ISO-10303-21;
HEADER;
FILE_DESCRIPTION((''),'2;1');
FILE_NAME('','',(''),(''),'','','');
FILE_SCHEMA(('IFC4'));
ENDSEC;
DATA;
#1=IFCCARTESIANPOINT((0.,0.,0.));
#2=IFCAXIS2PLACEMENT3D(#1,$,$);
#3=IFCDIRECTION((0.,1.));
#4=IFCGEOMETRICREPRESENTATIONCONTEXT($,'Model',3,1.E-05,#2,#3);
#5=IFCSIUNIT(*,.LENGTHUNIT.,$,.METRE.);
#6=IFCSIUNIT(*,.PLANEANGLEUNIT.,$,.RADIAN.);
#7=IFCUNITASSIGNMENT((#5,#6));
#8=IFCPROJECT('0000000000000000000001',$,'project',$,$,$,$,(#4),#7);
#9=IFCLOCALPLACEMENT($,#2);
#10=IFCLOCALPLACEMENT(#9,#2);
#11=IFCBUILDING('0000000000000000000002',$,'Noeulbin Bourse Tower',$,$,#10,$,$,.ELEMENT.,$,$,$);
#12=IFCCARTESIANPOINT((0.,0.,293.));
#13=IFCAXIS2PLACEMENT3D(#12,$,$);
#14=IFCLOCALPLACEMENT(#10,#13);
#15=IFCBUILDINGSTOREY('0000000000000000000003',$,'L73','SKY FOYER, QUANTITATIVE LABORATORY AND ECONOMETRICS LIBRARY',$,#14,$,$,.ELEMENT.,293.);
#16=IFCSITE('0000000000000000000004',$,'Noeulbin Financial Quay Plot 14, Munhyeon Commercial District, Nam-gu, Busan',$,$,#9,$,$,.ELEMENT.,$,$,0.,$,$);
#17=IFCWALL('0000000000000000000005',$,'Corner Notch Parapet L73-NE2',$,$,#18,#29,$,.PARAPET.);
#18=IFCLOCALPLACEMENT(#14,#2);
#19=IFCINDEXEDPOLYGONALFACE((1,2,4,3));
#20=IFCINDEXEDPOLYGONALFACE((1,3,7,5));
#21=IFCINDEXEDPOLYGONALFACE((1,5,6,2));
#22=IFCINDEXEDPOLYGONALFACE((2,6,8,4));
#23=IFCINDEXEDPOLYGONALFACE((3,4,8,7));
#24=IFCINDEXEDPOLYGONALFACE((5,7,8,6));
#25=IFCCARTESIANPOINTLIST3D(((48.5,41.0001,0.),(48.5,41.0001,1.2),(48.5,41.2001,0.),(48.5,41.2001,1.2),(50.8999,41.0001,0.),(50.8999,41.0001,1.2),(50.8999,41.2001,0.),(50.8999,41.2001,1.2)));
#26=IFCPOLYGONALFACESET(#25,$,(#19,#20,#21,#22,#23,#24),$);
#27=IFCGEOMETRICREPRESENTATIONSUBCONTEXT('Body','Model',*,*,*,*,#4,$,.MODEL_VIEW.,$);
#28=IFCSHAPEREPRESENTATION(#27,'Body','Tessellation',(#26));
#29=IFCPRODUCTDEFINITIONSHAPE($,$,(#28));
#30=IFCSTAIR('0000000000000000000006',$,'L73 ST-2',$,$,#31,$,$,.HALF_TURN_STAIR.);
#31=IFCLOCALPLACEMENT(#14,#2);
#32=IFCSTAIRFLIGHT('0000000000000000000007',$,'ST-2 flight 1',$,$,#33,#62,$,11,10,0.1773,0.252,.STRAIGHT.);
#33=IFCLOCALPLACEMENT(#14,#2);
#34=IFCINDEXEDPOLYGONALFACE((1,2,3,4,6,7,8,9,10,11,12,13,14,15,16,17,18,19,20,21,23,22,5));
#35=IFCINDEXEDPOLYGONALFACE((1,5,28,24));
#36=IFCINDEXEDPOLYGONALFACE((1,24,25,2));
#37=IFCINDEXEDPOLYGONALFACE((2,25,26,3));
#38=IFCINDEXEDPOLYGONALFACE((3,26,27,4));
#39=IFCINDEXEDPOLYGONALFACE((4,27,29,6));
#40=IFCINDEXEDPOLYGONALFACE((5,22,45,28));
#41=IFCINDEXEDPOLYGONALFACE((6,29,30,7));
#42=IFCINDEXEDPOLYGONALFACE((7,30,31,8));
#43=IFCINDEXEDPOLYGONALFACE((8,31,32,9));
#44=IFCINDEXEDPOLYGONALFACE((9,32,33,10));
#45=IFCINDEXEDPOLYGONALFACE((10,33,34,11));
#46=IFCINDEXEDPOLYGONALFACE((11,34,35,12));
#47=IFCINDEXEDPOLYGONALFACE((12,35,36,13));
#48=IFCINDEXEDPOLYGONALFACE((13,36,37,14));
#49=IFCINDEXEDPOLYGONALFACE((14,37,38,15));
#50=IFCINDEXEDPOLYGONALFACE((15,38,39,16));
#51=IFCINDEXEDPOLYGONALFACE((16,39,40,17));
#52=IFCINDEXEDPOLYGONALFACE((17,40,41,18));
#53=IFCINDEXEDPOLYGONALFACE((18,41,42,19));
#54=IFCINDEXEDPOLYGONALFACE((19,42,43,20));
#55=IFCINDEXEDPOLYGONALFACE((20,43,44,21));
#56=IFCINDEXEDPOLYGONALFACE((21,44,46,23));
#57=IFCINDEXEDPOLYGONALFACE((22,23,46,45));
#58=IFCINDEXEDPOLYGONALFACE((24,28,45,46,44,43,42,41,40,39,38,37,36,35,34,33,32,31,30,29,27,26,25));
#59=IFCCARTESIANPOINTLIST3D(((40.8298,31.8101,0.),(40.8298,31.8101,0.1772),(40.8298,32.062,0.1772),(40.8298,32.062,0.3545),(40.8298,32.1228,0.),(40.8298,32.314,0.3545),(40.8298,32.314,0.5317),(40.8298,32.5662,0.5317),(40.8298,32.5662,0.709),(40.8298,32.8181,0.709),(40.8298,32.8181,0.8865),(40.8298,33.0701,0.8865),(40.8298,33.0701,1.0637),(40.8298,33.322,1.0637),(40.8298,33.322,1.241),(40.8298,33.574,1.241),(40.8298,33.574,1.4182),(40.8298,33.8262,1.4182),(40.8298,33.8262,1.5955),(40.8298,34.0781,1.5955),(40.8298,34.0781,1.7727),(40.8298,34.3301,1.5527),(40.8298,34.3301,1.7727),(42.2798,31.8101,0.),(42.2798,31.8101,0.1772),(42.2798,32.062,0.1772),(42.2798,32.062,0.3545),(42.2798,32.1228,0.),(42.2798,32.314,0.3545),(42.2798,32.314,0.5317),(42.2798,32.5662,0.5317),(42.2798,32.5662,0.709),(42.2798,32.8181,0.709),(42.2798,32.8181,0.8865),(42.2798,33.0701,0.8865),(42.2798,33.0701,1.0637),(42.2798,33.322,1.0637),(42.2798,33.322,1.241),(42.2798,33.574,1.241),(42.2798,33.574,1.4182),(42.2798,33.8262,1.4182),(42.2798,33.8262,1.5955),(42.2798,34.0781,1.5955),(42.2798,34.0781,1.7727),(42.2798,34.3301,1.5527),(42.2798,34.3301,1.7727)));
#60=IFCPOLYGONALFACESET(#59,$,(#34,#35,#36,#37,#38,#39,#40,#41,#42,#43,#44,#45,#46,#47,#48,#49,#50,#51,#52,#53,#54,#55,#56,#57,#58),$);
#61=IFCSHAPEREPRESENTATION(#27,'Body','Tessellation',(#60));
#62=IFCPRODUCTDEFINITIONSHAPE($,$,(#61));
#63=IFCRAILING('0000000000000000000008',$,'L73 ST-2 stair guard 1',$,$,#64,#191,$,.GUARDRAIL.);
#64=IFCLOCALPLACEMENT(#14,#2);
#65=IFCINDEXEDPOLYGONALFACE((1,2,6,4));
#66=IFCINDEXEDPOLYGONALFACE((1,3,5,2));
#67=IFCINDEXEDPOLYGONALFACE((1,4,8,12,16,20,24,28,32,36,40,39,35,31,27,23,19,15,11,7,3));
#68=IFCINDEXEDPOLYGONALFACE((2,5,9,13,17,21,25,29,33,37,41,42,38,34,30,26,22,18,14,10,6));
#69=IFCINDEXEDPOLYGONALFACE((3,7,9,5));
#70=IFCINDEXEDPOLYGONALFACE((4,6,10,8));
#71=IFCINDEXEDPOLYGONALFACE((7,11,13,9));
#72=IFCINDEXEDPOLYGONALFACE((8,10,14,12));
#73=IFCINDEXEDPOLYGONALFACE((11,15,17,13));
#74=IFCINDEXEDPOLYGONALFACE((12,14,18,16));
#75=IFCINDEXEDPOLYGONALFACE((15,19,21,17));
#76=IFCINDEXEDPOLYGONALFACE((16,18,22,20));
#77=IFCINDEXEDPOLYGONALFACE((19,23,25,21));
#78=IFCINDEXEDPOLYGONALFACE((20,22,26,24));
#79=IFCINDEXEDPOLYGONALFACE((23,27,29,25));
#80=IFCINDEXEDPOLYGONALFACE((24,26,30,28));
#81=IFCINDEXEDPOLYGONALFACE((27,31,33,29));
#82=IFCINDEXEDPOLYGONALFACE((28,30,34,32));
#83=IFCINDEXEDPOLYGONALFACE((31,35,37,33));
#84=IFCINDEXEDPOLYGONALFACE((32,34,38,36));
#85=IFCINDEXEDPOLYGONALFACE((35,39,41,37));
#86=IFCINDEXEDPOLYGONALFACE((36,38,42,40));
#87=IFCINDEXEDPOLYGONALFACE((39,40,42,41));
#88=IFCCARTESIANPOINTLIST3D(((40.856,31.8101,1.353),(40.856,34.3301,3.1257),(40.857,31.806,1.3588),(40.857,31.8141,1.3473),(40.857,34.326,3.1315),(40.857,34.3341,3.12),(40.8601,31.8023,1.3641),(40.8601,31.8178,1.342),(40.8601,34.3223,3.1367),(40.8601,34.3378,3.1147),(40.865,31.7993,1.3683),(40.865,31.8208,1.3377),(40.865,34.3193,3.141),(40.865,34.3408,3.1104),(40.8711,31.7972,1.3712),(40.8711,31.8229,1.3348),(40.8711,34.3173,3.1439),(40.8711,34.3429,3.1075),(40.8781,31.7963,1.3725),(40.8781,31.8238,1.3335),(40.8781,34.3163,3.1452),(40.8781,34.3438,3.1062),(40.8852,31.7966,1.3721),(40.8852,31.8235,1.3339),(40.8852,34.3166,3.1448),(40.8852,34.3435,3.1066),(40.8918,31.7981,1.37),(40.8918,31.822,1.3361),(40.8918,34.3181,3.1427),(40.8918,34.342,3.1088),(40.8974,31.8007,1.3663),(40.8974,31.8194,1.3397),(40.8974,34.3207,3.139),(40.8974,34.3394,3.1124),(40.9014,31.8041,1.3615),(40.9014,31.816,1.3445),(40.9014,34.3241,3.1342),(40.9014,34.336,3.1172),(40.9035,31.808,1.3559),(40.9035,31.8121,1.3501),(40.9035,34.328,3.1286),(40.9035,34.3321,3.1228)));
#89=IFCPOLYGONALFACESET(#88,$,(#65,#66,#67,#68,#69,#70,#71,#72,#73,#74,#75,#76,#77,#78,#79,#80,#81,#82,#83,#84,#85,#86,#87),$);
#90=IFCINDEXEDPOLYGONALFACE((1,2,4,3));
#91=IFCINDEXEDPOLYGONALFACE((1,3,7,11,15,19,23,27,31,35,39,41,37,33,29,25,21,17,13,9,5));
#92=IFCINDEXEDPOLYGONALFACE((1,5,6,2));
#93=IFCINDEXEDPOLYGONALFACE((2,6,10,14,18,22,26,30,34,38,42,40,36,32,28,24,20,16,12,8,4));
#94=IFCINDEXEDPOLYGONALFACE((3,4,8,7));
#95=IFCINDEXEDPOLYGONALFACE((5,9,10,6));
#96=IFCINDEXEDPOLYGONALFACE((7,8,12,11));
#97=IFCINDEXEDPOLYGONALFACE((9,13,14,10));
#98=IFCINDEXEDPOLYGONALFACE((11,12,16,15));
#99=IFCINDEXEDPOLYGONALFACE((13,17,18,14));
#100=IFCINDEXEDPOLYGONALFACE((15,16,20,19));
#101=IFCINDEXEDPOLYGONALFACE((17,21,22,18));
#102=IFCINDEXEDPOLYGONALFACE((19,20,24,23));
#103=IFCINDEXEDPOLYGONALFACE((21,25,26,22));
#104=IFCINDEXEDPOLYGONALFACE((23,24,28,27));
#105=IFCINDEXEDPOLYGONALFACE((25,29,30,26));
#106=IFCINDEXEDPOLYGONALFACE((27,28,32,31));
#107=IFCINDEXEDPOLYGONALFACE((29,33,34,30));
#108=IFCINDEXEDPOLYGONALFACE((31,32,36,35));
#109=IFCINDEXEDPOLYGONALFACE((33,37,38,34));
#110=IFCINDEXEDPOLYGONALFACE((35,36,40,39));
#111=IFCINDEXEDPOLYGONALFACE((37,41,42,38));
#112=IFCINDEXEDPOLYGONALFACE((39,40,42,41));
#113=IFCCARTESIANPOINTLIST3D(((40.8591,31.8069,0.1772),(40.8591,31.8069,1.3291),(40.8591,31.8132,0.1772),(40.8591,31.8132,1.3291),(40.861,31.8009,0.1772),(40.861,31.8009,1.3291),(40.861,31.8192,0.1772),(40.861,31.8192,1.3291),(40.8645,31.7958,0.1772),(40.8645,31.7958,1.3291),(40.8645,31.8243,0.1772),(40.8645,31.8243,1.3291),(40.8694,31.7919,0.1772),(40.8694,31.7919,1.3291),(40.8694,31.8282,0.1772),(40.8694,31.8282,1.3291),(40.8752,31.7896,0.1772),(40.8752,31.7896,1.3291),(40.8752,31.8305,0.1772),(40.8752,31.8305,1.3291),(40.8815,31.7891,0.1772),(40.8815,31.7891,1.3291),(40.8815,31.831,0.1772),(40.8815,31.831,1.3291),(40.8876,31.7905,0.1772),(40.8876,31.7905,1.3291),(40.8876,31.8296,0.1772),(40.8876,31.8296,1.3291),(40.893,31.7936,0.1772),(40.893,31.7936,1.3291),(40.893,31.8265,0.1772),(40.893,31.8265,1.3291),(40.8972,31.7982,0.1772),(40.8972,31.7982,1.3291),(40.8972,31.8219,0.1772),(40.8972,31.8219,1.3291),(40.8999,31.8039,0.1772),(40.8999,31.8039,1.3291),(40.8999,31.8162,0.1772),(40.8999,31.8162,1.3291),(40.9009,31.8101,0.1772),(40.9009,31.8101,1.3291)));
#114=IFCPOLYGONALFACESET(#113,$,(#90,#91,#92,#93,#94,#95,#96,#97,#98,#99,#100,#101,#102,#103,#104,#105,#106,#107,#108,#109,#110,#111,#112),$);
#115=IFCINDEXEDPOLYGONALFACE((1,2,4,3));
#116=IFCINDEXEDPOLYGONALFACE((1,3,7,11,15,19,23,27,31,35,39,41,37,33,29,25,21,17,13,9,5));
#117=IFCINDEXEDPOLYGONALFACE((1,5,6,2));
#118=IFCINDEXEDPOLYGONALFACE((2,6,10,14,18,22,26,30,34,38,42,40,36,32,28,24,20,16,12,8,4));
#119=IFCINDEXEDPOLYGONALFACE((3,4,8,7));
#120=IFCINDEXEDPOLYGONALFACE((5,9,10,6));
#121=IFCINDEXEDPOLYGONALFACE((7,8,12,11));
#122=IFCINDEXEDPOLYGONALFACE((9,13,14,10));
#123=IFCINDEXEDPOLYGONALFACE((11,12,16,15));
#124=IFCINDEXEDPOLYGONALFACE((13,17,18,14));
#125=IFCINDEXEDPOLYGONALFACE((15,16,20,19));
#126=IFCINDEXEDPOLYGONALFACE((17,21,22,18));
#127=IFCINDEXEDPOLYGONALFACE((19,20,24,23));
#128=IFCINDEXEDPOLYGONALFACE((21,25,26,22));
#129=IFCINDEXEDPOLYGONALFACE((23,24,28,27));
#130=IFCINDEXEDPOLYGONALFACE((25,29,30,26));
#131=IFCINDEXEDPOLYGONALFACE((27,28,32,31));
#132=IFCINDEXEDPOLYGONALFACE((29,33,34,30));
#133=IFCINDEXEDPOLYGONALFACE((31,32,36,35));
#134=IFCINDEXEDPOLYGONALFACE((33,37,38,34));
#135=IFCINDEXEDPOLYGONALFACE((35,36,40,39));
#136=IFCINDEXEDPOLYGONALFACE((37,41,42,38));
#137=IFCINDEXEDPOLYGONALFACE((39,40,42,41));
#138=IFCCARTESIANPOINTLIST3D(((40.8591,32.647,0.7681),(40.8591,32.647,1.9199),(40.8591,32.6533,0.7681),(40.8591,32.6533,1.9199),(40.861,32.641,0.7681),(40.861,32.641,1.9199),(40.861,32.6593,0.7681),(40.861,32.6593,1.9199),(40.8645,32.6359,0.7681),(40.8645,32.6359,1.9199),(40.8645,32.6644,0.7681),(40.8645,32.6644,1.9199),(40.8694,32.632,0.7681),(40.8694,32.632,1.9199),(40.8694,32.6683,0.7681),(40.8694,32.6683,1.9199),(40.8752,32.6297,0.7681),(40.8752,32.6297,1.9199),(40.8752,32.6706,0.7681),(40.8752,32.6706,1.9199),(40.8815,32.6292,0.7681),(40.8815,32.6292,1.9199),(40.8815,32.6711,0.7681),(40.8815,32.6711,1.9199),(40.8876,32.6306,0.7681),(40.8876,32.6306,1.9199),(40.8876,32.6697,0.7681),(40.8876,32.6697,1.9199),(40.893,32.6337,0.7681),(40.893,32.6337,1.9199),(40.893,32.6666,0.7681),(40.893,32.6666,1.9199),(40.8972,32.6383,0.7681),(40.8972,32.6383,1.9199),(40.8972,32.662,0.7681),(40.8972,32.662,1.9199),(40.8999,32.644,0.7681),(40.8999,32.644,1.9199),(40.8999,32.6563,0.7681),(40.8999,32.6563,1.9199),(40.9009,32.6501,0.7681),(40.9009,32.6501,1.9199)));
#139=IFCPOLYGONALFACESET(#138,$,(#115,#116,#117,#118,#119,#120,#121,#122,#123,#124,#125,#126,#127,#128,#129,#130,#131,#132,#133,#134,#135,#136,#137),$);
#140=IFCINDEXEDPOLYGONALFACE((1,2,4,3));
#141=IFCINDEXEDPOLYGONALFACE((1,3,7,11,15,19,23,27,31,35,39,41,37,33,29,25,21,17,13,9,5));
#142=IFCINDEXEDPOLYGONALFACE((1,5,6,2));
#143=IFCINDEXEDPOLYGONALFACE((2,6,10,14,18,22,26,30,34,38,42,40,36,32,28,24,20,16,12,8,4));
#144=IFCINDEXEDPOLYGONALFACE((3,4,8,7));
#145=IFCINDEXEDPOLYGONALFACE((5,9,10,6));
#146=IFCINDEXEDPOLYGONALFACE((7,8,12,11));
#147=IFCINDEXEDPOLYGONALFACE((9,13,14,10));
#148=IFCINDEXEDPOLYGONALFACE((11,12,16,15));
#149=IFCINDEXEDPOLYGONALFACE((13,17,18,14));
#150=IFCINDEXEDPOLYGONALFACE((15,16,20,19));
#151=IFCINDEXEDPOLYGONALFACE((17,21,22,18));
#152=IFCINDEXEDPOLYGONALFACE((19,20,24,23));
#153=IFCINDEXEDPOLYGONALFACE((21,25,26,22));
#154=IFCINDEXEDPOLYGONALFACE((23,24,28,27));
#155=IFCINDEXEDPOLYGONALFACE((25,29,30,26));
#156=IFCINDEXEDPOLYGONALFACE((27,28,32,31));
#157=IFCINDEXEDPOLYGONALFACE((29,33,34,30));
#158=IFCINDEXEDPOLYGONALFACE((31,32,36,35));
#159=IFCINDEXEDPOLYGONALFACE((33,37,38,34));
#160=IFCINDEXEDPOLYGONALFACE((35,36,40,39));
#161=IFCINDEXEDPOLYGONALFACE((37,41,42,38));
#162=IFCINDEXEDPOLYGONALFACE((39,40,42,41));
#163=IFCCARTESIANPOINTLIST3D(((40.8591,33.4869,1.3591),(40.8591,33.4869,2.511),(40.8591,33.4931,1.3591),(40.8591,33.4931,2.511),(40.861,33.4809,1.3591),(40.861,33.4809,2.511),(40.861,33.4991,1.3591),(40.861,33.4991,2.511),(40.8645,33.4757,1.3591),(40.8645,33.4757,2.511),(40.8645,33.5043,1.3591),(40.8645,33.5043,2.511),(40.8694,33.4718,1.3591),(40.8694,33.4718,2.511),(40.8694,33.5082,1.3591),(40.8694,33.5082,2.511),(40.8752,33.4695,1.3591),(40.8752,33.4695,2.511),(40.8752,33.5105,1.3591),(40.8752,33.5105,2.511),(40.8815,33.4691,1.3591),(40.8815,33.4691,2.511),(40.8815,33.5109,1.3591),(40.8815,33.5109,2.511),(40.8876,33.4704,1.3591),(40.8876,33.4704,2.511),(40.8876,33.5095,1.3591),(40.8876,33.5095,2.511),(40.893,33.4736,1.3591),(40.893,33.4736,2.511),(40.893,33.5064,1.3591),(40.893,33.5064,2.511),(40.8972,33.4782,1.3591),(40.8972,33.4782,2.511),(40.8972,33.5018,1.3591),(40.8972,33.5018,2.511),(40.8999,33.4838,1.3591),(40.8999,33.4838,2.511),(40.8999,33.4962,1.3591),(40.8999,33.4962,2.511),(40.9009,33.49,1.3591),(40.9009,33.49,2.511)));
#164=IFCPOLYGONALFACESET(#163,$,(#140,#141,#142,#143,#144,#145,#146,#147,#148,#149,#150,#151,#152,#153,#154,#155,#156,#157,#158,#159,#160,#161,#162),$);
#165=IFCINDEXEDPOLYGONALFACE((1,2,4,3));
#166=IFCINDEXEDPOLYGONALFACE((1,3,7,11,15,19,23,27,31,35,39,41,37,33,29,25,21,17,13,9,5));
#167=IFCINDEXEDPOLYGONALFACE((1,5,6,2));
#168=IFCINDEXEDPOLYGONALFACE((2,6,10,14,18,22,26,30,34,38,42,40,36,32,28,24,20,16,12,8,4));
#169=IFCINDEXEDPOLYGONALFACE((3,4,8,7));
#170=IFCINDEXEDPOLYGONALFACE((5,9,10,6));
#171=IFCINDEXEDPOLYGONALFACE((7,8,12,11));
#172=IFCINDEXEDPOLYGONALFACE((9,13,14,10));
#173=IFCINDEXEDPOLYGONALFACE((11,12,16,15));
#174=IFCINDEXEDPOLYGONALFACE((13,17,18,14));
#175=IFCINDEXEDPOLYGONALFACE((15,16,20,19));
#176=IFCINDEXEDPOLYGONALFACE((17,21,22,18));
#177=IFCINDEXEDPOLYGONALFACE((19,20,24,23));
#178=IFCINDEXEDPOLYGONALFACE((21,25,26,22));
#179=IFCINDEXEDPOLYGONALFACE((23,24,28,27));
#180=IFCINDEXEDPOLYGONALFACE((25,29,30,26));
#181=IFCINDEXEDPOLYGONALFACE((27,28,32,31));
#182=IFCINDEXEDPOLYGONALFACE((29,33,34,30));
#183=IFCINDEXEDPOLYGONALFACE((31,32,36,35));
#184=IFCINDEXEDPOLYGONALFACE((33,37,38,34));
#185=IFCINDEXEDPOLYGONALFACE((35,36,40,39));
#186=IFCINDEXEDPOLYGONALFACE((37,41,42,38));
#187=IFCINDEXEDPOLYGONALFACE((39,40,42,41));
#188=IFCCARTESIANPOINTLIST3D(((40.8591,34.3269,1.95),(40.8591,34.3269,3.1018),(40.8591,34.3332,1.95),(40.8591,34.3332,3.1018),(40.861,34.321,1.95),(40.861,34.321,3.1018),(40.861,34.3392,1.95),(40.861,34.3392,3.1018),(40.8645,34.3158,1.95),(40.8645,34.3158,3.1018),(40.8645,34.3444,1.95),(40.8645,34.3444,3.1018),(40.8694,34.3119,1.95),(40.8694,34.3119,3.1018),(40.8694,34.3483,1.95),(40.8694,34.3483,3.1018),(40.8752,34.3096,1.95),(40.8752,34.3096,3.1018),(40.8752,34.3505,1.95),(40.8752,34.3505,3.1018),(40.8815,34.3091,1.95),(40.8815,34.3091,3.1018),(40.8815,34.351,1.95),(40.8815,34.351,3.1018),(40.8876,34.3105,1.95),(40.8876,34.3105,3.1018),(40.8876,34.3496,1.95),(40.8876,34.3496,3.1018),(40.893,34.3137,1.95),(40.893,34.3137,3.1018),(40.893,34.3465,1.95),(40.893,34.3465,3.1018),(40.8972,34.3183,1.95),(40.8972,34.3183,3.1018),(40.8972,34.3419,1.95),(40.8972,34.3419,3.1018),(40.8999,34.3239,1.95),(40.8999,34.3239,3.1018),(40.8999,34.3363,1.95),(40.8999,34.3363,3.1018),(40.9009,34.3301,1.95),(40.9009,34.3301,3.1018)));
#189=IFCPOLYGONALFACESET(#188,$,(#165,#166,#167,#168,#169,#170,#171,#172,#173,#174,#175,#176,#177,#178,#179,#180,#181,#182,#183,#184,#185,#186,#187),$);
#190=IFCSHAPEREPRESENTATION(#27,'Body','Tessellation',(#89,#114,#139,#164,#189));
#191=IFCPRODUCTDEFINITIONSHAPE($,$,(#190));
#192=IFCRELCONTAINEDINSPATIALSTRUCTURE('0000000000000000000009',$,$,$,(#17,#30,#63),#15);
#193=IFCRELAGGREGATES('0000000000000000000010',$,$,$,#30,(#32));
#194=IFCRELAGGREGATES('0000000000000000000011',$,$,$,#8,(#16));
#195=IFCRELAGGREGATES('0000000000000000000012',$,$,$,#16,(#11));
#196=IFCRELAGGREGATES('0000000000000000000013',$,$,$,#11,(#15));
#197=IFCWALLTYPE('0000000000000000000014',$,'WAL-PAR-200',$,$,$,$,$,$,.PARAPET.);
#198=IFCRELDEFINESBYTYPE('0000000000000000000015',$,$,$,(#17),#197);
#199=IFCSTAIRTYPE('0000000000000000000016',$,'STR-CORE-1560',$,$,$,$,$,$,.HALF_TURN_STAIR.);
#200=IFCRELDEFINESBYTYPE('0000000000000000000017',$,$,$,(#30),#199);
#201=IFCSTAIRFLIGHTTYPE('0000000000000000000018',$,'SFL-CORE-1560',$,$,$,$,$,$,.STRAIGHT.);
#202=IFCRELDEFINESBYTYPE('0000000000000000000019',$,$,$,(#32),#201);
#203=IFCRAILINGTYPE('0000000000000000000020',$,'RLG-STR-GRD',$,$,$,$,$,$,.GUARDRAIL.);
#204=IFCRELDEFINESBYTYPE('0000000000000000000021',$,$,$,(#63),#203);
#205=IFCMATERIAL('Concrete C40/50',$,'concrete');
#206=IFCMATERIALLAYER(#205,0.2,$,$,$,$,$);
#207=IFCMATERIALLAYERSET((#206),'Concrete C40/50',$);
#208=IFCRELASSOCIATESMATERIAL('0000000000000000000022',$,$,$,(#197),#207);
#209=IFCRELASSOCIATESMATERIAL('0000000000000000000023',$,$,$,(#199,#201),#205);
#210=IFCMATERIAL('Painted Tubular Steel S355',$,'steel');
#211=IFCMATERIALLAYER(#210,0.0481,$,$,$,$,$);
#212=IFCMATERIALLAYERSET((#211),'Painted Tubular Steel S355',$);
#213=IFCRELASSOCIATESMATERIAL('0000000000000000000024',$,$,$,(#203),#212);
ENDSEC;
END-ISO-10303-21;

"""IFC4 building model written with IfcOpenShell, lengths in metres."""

from ifc_helpers import new_model, si_unit, direction, frame, frame_2d, origin, origin_2d, place, context, subcontext, project, spatial, polyline, rectangle, circle, outline, extrude, material, layer, layer_set, type_object, element, aggregate, save


model = new_model("IFC4")

# Units and contexts
model_context = context("Model", 3, precision=1e-05, world=origin(), true_north=direction((0.0, 1.0)))
body_context = subcontext(model_context, "Body", "Model", "MODEL_VIEW")
ifc_project = project(units=[si_unit("LENGTHUNIT", "METRE"), si_unit("PLANEANGLEUNIT", "RADIAN")], contexts=[model_context])

# Site, building, storey
site_placement = place(None, origin())
site = spatial("IfcSite", under=ifc_project, at=site_placement, Name="Noeulbin Financial Quay Plot 14, Munhyeon Commercial District, Nam-gu, Busan", CompositionType="ELEMENT", RefElevation=0.0)
building_placement = place(site_placement, origin())
building = spatial("IfcBuilding", under=site, at=building_placement, Name="Noeulbin Bourse Tower", CompositionType="ELEMENT")
storey_placement = place(building_placement, frame((0.0, 0.0, 293.0)))
storey = spatial("IfcBuildingStorey", under=building, at=storey_placement, Name="L73", Description="SKY FOYER, QUANTITATIVE LABORATORY AND ECONOMETRICS LIBRARY", CompositionType="ELEMENT", Elevation=293.0)

# Wall
ifc_material_1 = material(Name="Concrete C40/50", Category="concrete")
ifc_layer_1 = layer(ifc_material_1, 0.2)
ifc_layer_set_1 = layer_set([ifc_layer_1], Name="Concrete C40/50")
wall_type = type_object("IfcWallType", Name="WAL-PAR-200", PredefinedType="PARAPET", material=ifc_layer_set_1)
for number, where, z_axis, x_axis, name in (
    (1, (48.5, 41.1001, 0.0), (0.0, 0.0, 1.0), (1.0, 0.0, 0.0), "Corner Notch Parapet L73-NE2"),
):
    element("IfcWall", number, at=place(storey_placement, frame(where, z_axis=z_axis, x_axis=x_axis)), inside=storey, type_object=wall_type, Name=name, PredefinedType="PARAPET", context=body_context, shape_type="SweptSolid", body=[
        extrude(rectangle(XDim=2.3999, YDim=0.2, at=frame_2d((1.2, 0.0))), origin(), (0.0, 0.0, 1.0), 1.2),
    ])

# Stair, stair flight
stair_type = type_object("IfcStairType", Name="STR-CORE-1560", PredefinedType="HALF_TURN_STAIR", material=ifc_material_1)
stair_placement = place(storey_placement, origin())
stair = element("IfcStair", 2, at=stair_placement, inside=storey, type_object=stair_type, Name="L73 ST-2", PredefinedType="HALF_TURN_STAIR")
stair_flight_type = type_object("IfcStairFlightType", Name="SFL-CORE-1560", PredefinedType="STRAIGHT", material=ifc_material_1)
stair_flight_placement = place(storey_placement, frame((41.5549, 31.8101, 0.0), z_axis=(0.0, 0.0, 1.0), x_axis=(0.0, 1.0, 0.0)))
stair_flight = element("IfcStairFlight", 3, at=stair_flight_placement, type_object=stair_flight_type, Name="ST-2 flight 1", NumberOfRisers=11, NumberOfTreads=10, PredefinedType="STRAIGHT", RiserHeight=0.1773, TreadLength=0.252, context=body_context, shape_type="SweptSolid", body=[
    extrude(outline(polyline([(0.0, 0.0), (0.0, 0.1772), (0.252, 0.1772), (0.252, 0.3545), (0.5039, 0.3545), (0.5039, 0.5317), (0.7561, 0.5317), (0.7561, 0.709), (1.0081, 0.709), (1.0081, 0.8865), (1.26, 0.8865), (1.26, 1.0637), (1.512, 1.0637), (1.512, 1.241), (1.7639, 1.241), (1.7639, 1.4182), (2.0161, 1.4182), (2.0161, 1.5955), (2.2681, 1.5955), (2.2681, 1.7727), (2.52, 1.7727), (2.52, 1.95), (2.52, 1.5527), (0.3127, 0.0), (0.0, 0.0)])), frame((0.0, 0.7251, 0.0), z_axis=(0.0, -1.0, 0.0), x_axis=(1.0, 0.0, 0.0)), (0.0, 0.0, 1.0), 1.45),
])
aggregate(stair, [stair_flight])

# Railing
ifc_material_2 = material(Name="Painted Tubular Steel S355", Category="steel")
ifc_layer_2 = layer(ifc_material_2, 0.0481)
ifc_layer_set_2 = layer_set([ifc_layer_2], Name="Painted Tubular Steel S355")
railing_type_1 = type_object("IfcRailingType", Name="RLG-STR-GRD", PredefinedType="GUARDRAIL", material=ifc_layer_set_2)
railing_1_placement = place(storey_placement, frame((40.8799, 31.8101, 0.1772)))
element("IfcRailing", 4, at=railing_1_placement, inside=storey, type_object=railing_type_1, Name="L73 ST-2 stair guard 1", PredefinedType="GUARDRAIL", context=body_context, shape_type="SweptSolid", body=[
    extrude(circle(Radius=0.0239, at=origin_2d()), frame((0.0, 0.0, 1.1758), z_axis=(0.0, 0.817904, 0.575354), x_axis=(-1.0, 0.0, 0.0)), (0.0, 0.0, 1.0), 3.0811),
    extrude(circle(Radius=0.021, at=origin_2d()), origin(), (0.0, 0.0, 1.0), 1.1519),
    extrude(circle(Radius=0.021, at=origin_2d()), frame((0.0, 0.8401, 0.5908)), (0.0, 0.0, 1.0), 1.1519),
    extrude(circle(Radius=0.021, at=origin_2d()), frame((0.0, 1.6799, 1.1819)), (0.0, 0.0, 1.0), 1.1519),
    extrude(circle(Radius=0.021, at=origin_2d()), frame((0.0, 2.52, 1.7727)), (0.0, 0.0, 1.0), 1.1519),
])

save(model, "model.ifc")
